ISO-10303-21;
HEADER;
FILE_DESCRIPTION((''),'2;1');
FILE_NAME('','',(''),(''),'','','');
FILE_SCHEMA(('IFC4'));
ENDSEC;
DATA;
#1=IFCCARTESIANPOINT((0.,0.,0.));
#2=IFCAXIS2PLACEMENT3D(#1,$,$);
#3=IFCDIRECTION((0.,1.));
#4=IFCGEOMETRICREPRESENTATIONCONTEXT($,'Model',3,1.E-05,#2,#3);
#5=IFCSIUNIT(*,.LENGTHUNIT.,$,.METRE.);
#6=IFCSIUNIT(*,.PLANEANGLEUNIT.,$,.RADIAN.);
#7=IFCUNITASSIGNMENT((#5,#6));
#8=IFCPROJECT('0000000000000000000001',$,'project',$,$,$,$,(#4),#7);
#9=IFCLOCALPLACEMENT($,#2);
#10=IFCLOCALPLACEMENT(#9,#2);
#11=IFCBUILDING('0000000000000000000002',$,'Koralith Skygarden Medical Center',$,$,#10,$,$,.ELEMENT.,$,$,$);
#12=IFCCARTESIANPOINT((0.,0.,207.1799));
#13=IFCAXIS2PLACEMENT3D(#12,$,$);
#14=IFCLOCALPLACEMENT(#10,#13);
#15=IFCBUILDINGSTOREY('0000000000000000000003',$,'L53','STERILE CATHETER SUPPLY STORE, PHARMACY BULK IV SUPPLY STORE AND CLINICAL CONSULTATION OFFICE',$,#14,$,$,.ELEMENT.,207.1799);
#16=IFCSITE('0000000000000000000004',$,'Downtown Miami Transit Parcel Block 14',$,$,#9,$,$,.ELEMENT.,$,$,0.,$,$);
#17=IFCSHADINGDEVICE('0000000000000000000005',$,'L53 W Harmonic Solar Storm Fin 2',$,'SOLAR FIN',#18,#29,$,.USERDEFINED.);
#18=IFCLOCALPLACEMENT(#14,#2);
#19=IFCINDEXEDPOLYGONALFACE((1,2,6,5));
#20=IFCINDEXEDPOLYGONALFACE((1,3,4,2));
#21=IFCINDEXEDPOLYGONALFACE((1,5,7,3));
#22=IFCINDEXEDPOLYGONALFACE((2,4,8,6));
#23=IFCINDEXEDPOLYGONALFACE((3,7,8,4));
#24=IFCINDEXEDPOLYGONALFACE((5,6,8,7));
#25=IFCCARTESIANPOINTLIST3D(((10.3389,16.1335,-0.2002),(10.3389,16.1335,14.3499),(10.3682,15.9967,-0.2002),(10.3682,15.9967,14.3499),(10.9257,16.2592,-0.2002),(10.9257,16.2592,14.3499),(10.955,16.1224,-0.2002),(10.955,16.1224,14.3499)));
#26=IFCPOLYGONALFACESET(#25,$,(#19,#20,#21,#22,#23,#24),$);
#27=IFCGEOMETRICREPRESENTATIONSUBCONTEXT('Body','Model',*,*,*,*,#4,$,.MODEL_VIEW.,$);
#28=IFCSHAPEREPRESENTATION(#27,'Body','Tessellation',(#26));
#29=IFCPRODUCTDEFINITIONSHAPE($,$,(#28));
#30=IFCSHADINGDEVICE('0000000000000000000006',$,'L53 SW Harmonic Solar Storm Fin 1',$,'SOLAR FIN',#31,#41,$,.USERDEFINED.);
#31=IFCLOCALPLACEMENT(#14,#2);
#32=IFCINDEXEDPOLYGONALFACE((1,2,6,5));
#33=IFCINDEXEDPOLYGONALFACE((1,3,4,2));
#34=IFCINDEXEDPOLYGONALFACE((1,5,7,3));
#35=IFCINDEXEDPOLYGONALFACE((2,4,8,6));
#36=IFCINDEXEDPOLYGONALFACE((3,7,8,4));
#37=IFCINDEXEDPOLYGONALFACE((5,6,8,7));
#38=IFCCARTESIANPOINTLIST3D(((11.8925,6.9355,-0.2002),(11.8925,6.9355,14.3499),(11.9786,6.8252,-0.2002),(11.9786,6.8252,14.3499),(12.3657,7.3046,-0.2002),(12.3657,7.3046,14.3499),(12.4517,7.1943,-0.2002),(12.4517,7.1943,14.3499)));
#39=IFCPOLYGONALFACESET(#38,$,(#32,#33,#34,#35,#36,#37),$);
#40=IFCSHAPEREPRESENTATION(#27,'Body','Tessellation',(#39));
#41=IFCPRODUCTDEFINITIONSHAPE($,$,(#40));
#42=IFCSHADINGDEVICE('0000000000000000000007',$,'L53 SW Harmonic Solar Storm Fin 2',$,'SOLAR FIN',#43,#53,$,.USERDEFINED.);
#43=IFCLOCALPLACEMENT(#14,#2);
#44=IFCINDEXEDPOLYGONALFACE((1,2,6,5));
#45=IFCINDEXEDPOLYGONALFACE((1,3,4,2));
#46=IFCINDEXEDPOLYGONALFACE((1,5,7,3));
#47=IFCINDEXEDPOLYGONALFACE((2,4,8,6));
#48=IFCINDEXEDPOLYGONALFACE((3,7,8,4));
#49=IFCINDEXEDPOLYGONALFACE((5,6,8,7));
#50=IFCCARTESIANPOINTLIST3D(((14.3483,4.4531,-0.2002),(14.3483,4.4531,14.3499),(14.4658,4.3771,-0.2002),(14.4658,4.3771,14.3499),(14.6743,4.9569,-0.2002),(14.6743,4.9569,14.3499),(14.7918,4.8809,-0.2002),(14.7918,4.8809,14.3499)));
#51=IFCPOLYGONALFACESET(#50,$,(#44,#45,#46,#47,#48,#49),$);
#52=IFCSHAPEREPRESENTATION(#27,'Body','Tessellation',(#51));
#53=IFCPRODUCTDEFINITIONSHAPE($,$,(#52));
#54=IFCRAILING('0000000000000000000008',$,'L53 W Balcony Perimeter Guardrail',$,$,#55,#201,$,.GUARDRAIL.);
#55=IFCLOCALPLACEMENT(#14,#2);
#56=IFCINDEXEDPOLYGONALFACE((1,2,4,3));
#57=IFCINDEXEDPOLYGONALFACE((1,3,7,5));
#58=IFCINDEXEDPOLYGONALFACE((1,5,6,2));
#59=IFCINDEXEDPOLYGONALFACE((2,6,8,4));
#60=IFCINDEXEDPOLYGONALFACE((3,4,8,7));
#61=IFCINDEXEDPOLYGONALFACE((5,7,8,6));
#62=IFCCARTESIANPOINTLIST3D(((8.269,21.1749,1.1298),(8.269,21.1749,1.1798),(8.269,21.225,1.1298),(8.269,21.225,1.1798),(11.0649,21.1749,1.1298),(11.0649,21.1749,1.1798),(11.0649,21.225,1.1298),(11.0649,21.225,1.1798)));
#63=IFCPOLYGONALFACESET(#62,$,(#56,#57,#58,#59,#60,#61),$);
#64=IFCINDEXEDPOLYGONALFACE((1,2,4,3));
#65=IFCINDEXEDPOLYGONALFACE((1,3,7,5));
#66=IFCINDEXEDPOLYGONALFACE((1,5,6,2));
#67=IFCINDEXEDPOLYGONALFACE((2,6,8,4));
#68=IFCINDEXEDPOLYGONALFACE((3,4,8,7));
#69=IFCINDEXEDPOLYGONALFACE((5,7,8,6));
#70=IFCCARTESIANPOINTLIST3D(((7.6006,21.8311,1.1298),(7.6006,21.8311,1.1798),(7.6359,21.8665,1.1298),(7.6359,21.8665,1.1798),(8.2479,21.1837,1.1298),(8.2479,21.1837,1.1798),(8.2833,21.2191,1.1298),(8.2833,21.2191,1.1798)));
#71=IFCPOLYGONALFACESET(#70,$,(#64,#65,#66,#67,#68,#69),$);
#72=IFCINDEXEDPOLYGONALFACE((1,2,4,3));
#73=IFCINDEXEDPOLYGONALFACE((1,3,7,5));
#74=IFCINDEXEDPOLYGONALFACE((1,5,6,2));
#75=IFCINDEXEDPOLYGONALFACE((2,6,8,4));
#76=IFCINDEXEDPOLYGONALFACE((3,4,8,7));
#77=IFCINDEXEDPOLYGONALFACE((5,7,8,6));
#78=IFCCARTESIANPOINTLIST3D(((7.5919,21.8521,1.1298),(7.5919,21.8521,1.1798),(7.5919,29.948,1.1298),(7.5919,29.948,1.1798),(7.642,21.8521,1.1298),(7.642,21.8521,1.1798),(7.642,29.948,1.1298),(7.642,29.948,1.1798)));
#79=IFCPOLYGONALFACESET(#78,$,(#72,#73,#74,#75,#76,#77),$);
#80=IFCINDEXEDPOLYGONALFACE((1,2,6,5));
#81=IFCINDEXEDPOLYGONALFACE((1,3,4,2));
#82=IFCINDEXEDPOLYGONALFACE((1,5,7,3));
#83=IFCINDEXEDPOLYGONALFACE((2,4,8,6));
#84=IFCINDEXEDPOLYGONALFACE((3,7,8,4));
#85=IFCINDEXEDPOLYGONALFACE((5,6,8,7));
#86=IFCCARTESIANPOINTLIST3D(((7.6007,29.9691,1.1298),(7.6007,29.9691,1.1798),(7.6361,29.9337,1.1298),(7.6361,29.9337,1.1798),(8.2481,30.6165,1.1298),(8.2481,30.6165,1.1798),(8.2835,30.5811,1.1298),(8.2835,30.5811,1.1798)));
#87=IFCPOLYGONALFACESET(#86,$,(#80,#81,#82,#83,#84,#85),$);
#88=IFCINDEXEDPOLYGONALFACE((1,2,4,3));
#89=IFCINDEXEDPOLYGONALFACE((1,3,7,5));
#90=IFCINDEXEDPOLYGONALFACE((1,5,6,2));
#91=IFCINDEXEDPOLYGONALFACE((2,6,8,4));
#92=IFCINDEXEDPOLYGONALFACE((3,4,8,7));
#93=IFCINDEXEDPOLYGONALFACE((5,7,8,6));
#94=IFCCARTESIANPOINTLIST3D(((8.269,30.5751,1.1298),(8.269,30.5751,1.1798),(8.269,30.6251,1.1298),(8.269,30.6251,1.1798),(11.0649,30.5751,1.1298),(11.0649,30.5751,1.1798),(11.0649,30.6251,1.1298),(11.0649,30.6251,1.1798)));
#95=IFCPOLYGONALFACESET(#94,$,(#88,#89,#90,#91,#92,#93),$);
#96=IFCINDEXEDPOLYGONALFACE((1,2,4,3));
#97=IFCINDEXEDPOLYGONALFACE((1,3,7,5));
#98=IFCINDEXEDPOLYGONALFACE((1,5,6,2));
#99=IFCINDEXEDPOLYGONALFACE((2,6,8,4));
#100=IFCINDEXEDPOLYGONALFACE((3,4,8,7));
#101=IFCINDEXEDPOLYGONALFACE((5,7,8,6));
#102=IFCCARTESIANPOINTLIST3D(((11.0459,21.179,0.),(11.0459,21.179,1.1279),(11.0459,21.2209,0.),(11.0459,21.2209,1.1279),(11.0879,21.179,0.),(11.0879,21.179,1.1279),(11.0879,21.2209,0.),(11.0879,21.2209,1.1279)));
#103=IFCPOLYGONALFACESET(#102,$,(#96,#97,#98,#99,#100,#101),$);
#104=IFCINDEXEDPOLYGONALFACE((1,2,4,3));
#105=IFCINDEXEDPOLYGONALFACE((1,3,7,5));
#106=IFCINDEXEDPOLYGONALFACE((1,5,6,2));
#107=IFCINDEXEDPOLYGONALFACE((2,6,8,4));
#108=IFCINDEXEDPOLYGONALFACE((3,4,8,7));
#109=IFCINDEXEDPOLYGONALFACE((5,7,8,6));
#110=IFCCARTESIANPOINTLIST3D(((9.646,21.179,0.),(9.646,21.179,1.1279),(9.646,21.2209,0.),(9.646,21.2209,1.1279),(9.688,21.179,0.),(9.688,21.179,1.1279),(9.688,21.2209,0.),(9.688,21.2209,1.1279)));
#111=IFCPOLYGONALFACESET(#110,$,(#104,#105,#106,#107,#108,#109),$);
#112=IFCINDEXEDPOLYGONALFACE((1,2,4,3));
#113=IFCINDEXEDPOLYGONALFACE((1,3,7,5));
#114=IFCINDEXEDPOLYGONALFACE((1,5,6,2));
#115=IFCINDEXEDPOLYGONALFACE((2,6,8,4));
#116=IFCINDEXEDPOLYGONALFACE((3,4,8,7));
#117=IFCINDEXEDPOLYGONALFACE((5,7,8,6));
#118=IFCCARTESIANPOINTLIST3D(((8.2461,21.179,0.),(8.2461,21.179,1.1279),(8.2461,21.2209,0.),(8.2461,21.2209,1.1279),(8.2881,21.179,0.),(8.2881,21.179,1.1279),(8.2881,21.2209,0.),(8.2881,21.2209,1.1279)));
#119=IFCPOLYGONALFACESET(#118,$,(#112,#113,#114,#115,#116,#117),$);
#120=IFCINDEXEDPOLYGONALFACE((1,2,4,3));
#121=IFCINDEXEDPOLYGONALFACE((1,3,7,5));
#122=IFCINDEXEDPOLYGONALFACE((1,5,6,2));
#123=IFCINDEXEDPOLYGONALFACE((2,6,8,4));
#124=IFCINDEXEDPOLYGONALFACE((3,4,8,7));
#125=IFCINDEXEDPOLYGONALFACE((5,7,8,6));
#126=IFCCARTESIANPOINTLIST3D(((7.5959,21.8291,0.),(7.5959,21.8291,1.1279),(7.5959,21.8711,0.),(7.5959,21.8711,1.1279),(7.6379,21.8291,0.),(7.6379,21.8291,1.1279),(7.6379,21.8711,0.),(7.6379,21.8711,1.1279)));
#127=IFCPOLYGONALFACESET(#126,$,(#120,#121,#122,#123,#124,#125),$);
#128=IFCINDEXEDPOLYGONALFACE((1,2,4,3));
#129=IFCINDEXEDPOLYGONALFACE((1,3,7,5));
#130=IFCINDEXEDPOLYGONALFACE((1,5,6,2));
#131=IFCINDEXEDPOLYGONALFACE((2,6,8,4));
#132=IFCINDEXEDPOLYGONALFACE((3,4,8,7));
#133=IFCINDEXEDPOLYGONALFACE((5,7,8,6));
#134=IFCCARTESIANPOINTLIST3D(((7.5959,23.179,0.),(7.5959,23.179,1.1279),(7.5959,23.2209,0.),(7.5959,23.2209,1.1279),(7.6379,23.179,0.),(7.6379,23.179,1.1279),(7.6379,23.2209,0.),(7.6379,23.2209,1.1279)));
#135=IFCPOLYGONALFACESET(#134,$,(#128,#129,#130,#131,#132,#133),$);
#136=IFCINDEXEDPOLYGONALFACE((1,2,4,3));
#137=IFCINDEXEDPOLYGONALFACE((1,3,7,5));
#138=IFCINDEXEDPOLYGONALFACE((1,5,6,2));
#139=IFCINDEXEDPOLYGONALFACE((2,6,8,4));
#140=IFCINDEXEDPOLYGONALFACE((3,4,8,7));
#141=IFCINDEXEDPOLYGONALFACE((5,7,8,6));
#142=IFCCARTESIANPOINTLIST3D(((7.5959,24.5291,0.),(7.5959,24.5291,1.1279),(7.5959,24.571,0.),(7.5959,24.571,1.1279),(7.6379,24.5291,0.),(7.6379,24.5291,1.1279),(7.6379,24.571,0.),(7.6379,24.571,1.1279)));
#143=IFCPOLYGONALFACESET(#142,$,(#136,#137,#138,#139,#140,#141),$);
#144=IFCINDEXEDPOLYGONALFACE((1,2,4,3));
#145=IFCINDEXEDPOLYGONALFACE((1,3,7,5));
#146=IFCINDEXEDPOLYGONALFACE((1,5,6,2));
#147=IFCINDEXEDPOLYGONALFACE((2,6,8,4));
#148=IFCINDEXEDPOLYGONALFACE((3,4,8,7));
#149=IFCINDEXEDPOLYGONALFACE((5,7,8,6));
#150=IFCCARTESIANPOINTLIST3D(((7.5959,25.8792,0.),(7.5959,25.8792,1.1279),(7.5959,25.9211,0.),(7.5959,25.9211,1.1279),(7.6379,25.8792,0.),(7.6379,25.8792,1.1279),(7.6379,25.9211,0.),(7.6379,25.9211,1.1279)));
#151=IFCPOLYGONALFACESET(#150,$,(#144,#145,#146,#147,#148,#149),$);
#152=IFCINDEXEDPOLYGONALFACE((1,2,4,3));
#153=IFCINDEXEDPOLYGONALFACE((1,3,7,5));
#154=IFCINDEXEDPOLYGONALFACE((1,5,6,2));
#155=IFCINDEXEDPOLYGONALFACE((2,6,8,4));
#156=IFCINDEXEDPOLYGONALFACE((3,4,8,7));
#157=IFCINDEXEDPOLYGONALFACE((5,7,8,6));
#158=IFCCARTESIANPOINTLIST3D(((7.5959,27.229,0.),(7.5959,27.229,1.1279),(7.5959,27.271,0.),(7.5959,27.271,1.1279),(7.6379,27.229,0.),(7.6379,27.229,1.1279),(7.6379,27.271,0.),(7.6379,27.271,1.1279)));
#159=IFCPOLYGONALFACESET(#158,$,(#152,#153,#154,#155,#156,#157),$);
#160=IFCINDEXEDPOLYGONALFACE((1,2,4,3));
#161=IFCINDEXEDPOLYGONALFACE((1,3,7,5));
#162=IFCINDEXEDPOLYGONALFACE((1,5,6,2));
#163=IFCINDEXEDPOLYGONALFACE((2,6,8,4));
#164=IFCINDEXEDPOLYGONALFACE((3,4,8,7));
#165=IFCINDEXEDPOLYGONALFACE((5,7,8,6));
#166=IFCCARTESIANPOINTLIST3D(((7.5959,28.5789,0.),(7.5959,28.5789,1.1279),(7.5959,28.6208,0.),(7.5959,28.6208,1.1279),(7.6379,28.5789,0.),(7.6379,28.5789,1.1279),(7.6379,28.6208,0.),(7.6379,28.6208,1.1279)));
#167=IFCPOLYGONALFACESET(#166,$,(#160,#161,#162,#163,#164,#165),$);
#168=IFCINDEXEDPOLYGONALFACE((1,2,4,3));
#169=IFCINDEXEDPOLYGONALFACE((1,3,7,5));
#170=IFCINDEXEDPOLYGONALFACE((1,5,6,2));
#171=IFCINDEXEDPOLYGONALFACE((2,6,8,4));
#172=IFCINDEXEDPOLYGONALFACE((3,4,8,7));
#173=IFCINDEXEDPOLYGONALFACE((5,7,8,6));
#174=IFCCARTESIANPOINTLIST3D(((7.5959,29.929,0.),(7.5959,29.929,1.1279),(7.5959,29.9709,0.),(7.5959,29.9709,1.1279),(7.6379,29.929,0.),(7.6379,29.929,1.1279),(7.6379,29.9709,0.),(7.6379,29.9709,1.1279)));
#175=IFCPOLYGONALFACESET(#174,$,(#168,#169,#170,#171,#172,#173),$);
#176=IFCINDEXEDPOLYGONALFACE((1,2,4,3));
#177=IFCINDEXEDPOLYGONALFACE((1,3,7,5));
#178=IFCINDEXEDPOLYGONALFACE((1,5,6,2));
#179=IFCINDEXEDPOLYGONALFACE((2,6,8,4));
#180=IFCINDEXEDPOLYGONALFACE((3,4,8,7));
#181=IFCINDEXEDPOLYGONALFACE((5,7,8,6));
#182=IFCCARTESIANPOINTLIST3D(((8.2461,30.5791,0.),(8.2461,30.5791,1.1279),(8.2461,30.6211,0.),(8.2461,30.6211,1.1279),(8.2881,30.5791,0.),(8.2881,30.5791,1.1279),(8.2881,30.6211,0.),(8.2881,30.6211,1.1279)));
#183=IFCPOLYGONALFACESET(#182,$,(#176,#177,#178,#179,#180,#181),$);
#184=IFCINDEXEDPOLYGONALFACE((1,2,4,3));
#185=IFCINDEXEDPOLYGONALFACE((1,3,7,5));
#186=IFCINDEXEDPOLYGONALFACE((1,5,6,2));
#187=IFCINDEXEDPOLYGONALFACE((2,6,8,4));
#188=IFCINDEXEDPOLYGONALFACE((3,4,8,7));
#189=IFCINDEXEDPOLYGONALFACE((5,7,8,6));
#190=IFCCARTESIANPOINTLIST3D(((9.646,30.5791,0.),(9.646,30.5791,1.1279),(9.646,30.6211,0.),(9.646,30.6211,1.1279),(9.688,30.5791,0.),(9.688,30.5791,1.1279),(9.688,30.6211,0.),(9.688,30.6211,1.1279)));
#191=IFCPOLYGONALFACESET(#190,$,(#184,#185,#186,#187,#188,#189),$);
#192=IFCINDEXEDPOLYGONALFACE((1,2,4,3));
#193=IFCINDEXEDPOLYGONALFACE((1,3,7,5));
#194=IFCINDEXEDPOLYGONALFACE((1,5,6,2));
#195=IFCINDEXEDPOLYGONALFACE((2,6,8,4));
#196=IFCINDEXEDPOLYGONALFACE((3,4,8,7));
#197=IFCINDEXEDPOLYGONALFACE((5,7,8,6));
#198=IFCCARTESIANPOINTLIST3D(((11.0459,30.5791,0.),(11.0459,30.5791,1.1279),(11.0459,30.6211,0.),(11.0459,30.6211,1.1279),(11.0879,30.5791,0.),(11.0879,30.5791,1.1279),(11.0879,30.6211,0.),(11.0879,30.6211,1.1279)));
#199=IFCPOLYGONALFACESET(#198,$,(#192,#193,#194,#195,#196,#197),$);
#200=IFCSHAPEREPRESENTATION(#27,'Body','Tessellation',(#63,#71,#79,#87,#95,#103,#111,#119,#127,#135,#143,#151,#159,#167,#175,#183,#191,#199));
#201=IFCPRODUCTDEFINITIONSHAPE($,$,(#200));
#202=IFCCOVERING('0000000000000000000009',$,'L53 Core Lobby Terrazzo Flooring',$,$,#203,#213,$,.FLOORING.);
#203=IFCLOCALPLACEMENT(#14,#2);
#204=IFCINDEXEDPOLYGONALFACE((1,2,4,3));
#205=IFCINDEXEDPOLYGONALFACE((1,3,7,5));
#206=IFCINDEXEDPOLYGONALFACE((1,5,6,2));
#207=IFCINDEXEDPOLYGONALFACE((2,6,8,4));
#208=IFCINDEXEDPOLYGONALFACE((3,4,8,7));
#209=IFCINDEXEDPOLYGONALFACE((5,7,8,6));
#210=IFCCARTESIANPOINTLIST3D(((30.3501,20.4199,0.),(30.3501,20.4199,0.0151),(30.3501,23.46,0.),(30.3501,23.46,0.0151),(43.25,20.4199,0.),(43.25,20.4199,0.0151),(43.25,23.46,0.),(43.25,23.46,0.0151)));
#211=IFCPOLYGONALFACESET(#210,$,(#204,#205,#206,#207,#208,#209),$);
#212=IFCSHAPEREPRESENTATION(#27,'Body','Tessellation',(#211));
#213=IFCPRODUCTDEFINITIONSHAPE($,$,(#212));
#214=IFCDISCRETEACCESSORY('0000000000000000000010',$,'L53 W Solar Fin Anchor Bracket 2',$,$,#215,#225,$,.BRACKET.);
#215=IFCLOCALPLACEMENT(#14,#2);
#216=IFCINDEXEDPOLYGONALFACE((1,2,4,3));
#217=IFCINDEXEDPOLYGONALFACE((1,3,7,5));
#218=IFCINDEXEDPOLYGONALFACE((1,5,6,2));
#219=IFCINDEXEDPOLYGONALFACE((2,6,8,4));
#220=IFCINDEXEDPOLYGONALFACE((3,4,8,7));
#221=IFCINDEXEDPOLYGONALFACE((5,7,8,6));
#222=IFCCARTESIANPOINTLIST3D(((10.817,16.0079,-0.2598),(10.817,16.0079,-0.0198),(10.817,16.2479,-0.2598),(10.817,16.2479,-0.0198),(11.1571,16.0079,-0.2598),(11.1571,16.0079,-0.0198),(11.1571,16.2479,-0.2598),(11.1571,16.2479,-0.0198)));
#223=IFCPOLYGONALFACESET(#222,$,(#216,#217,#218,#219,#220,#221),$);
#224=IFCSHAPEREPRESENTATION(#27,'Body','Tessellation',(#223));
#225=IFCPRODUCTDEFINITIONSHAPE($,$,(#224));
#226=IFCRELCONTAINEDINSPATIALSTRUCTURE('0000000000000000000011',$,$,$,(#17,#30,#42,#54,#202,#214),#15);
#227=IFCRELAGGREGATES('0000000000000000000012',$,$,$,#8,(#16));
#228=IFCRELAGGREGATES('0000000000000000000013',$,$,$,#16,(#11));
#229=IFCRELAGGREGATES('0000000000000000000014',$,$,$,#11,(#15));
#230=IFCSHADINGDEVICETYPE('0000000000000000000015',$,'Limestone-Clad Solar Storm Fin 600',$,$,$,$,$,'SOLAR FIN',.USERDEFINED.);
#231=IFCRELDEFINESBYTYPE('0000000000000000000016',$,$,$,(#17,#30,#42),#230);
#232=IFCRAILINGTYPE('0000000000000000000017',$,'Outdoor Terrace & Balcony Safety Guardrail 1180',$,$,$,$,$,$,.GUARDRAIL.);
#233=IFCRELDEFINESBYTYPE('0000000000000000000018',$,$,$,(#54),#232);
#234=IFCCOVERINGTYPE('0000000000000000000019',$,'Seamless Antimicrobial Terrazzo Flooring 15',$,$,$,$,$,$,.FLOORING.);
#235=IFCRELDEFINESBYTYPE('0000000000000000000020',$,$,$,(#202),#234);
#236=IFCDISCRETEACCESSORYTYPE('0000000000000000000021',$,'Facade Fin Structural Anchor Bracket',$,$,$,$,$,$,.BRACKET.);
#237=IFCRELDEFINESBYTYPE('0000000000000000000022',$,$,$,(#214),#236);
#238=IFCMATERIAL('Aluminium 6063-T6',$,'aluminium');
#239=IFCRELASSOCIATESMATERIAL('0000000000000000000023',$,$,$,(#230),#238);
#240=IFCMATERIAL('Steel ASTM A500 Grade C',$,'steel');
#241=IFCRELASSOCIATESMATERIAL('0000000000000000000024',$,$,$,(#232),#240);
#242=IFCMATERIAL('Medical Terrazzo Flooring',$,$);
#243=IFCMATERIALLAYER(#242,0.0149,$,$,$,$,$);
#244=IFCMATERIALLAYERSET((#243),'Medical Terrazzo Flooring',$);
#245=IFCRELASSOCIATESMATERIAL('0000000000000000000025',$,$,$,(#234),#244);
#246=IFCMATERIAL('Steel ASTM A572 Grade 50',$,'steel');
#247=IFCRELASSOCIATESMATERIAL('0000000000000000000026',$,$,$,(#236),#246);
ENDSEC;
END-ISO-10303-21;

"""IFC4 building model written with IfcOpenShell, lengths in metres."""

from ifc_helpers import new_model, si_unit, direction, frame, origin, origin_2d, place, context, subcontext, project, spatial, polyline, rectangle, outline, extrude, material, layer, layer_set, type_object, element, save


model = new_model("IFC4")

# Units and contexts
model_context = context("Model", 3, precision=1e-05, world=origin(), true_north=direction((0.0, 1.0)))
body_context = subcontext(model_context, "Body", "Model", "MODEL_VIEW")
ifc_project = project(units=[si_unit("LENGTHUNIT", "METRE"), si_unit("PLANEANGLEUNIT", "RADIAN")], contexts=[model_context])

# Site, building, storey
site_placement = place(None, origin())
site = spatial("IfcSite", under=ifc_project, at=site_placement, Name="Downtown Miami Transit Parcel Block 14", CompositionType="ELEMENT", RefElevation=0.0)
building_placement = place(site_placement, origin())
building = spatial("IfcBuilding", under=site, at=building_placement, Name="Koralith Skygarden Medical Center", CompositionType="ELEMENT")
storey_placement = place(building_placement, frame((0.0, 0.0, 207.1799)))
storey = spatial("IfcBuildingStorey", under=building, at=storey_placement, Name="L53", Description="STERILE CATHETER SUPPLY STORE, PHARMACY BULK IV SUPPLY STORE AND CLINICAL CONSULTATION OFFICE", CompositionType="ELEMENT", Elevation=207.1799)

# Shared definitions
ifc_material_1 = material(Name="Aluminium 6063-T6", Category="aluminium")

# Shading devices
shading_device_type = type_object("IfcShadingDeviceType", Name="Limestone-Clad Solar Storm Fin 600", ElementType="SOLAR FIN", PredefinedType="USERDEFINED", material=ifc_material_1)
for number, where, z_axis, x_axis, name in (
    (1, (10.647, 16.1279, -0.2002), (0.0, 0.0, 1.0), (-0.977805, -0.209516, 0.0), "L53 W Harmonic Solar Storm Fin 2"),
    (2, (12.1721, 7.0649, -0.2002), (0.0, 0.0, 1.0), (-0.788473, -0.61507, 0.0), "L53 SW Harmonic Solar Storm Fin 1"),
    (3, (14.5701, 4.667, -0.2002), (0.0, 0.0, 1.0), (-0.543262, -0.839563, 0.0), "L53 SW Harmonic Solar Storm Fin 2"),
):
    element("IfcShadingDevice", number, at=place(storey_placement, frame(where, z_axis=z_axis, x_axis=x_axis)), inside=storey, type_object=shading_device_type, Name=name, ObjectType="SOLAR FIN", PredefinedType="USERDEFINED", context=body_context, shape_type="SweptSolid", body=[
        extrude(rectangle(XDim=0.6001, YDim=0.1399, at=origin_2d()), origin(), (0.0, 0.0, 1.0), 14.55),
    ])

# Railing
ifc_material_2 = material(Name="Steel ASTM A500 Grade C", Category="steel")
railing_type = type_object("IfcRailingType", Name="Outdoor Terrace & Balcony Safety Guardrail 1180", PredefinedType="GUARDRAIL", material=ifc_material_2)
railing_placement = place(storey_placement, frame((11.0669, 21.2, 0.0)))
element("IfcRailing", 4, at=railing_placement, inside=storey, type_object=railing_type, Name="L53 W Balcony Perimeter Guardrail", PredefinedType="GUARDRAIL", context=body_context, shape_type="SweptSolid", body=[
    extrude(rectangle(XDim=0.05, YDim=0.05, at=origin_2d()), frame((-0.002, 0.0, 1.1548), z_axis=(-1.0, 0.0, 0.0), x_axis=(0.0, -1.0, 0.0)), (0.0, 0.0, 1.0), 2.7959),
    extrude(rectangle(XDim=0.05, YDim=0.05, at=origin_2d()), frame((-2.8013, 0.0015, 1.1548), z_axis=(-0.707107, 0.707107, 0.0), x_axis=(-0.707107, -0.707107, 0.0)), (0.0, 0.0, 1.0), 0.9155),
    extrude(rectangle(XDim=0.05, YDim=0.05, at=origin_2d()), frame((-3.45, 0.6521, 1.1548), z_axis=(0.0, 1.0, 0.0), x_axis=(-1.0, 0.0, 0.0)), (0.0, 0.0, 1.0), 8.0959),
    extrude(rectangle(XDim=0.05, YDim=0.05, at=origin_2d()), frame((-3.4485, 8.7515, 1.1548), z_axis=(0.707107, 0.707107, 0.0), x_axis=(-0.707107, 0.707107, 0.0)), (0.0, 0.0, 1.0), 0.9155),
    extrude(rectangle(XDim=0.05, YDim=0.05, at=origin_2d()), frame((-2.7979, 9.4001, 1.1548), z_axis=(1.0, 0.0, 0.0), x_axis=(0.0, 1.0, 0.0)), (0.0, 0.0, 1.0), 2.7959),
    extrude(rectangle(XDim=0.042, YDim=0.042, at=origin_2d()), origin(), (0.0, 0.0, 1.0), 1.1279),
    extrude(rectangle(XDim=0.042, YDim=0.042, at=origin_2d()), frame((-1.3999, 0.0, 0.0)), (0.0, 0.0, 1.0), 1.1279),
    extrude(rectangle(XDim=0.042, YDim=0.042, at=origin_2d()), frame((-2.7998, 0.0, 0.0)), (0.0, 0.0, 1.0), 1.1279),
    extrude(rectangle(XDim=0.042, YDim=0.042, at=origin_2d()), frame((-3.45, 0.6501, 0.0)), (0.0, 0.0, 1.0), 1.1279),
    extrude(rectangle(XDim=0.042, YDim=0.042, at=origin_2d()), frame((-3.45, 2.0, 0.0)), (0.0, 0.0, 1.0), 1.1279),
    extrude(rectangle(XDim=0.042, YDim=0.042, at=origin_2d()), frame((-3.45, 3.3501, 0.0)), (0.0, 0.0, 1.0), 1.1279),
    extrude(rectangle(XDim=0.042, YDim=0.042, at=origin_2d()), frame((-3.45, 4.7002, 0.0)), (0.0, 0.0, 1.0), 1.1279),
    extrude(rectangle(XDim=0.042, YDim=0.042, at=origin_2d()), frame((-3.45, 6.05, 0.0)), (0.0, 0.0, 1.0), 1.1279),
    extrude(rectangle(XDim=0.042, YDim=0.042, at=origin_2d()), frame((-3.45, 7.3999, 0.0)), (0.0, 0.0, 1.0), 1.1279),
    extrude(rectangle(XDim=0.042, YDim=0.042, at=origin_2d()), frame((-3.45, 8.75, 0.0)), (0.0, 0.0, 1.0), 1.1279),
    extrude(rectangle(XDim=0.042, YDim=0.042, at=origin_2d()), frame((-2.7998, 9.4001, 0.0)), (0.0, 0.0, 1.0), 1.1279),
    extrude(rectangle(XDim=0.042, YDim=0.042, at=origin_2d()), frame((-1.3999, 9.4001, 0.0)), (0.0, 0.0, 1.0), 1.1279),
    extrude(rectangle(XDim=0.042, YDim=0.042, at=origin_2d()), frame((0.0, 9.4001, 0.0)), (0.0, 0.0, 1.0), 1.1279),
])

# Covering
ifc_material_3 = material(Name="Medical Terrazzo Flooring")
ifc_layer_1 = layer(ifc_material_3, 0.0149)
ifc_layer_set_1 = layer_set([ifc_layer_1], Name="Medical Terrazzo Flooring")
covering_type_1 = type_object("IfcCoveringType", Name="Seamless Antimicrobial Terrazzo Flooring 15", PredefinedType="FLOORING", material=ifc_layer_set_1)
covering_1_placement = place(storey_placement, origin())
element("IfcCovering", 5, at=covering_1_placement, inside=storey, type_object=covering_type_1, Name="L53 Core Lobby Terrazzo Flooring", PredefinedType="FLOORING", context=body_context, shape_type="SweptSolid", body=[
    extrude(outline(polyline([(30.3501, 20.4199), (43.25, 20.4199), (43.25, 23.46), (30.3501, 23.46), (30.3501, 20.4199)])), origin(), (0.0, 0.0, 1.0), 0.0151),
])

# Discrete accessory
ifc_material_4 = material(Name="Steel ASTM A572 Grade 50", Category="steel")
discrete_accessory_type = type_object("IfcDiscreteAccessoryType", Name="Facade Fin Structural Anchor Bracket", PredefinedType="BRACKET", material=ifc_material_4)
for number, where, z_axis, x_axis, name in (
    (6, (10.9871, 16.1279, -0.2598), (0.0, 0.0, 1.0), (-1.0, 0.0, 0.0), "L53 W Solar Fin Anchor Bracket 2"),
):
    element("IfcDiscreteAccessory", number, at=place(storey_placement, frame(where, z_axis=z_axis, x_axis=x_axis)), inside=storey, type_object=discrete_accessory_type, Name=name, PredefinedType="BRACKET", context=body_context, shape_type="SweptSolid", body=[
        extrude(rectangle(XDim=0.3401, YDim=0.24, at=origin_2d()), origin(), (0.0, 0.0, 1.0), 0.24),
    ])

save(model, "model.ifc")
